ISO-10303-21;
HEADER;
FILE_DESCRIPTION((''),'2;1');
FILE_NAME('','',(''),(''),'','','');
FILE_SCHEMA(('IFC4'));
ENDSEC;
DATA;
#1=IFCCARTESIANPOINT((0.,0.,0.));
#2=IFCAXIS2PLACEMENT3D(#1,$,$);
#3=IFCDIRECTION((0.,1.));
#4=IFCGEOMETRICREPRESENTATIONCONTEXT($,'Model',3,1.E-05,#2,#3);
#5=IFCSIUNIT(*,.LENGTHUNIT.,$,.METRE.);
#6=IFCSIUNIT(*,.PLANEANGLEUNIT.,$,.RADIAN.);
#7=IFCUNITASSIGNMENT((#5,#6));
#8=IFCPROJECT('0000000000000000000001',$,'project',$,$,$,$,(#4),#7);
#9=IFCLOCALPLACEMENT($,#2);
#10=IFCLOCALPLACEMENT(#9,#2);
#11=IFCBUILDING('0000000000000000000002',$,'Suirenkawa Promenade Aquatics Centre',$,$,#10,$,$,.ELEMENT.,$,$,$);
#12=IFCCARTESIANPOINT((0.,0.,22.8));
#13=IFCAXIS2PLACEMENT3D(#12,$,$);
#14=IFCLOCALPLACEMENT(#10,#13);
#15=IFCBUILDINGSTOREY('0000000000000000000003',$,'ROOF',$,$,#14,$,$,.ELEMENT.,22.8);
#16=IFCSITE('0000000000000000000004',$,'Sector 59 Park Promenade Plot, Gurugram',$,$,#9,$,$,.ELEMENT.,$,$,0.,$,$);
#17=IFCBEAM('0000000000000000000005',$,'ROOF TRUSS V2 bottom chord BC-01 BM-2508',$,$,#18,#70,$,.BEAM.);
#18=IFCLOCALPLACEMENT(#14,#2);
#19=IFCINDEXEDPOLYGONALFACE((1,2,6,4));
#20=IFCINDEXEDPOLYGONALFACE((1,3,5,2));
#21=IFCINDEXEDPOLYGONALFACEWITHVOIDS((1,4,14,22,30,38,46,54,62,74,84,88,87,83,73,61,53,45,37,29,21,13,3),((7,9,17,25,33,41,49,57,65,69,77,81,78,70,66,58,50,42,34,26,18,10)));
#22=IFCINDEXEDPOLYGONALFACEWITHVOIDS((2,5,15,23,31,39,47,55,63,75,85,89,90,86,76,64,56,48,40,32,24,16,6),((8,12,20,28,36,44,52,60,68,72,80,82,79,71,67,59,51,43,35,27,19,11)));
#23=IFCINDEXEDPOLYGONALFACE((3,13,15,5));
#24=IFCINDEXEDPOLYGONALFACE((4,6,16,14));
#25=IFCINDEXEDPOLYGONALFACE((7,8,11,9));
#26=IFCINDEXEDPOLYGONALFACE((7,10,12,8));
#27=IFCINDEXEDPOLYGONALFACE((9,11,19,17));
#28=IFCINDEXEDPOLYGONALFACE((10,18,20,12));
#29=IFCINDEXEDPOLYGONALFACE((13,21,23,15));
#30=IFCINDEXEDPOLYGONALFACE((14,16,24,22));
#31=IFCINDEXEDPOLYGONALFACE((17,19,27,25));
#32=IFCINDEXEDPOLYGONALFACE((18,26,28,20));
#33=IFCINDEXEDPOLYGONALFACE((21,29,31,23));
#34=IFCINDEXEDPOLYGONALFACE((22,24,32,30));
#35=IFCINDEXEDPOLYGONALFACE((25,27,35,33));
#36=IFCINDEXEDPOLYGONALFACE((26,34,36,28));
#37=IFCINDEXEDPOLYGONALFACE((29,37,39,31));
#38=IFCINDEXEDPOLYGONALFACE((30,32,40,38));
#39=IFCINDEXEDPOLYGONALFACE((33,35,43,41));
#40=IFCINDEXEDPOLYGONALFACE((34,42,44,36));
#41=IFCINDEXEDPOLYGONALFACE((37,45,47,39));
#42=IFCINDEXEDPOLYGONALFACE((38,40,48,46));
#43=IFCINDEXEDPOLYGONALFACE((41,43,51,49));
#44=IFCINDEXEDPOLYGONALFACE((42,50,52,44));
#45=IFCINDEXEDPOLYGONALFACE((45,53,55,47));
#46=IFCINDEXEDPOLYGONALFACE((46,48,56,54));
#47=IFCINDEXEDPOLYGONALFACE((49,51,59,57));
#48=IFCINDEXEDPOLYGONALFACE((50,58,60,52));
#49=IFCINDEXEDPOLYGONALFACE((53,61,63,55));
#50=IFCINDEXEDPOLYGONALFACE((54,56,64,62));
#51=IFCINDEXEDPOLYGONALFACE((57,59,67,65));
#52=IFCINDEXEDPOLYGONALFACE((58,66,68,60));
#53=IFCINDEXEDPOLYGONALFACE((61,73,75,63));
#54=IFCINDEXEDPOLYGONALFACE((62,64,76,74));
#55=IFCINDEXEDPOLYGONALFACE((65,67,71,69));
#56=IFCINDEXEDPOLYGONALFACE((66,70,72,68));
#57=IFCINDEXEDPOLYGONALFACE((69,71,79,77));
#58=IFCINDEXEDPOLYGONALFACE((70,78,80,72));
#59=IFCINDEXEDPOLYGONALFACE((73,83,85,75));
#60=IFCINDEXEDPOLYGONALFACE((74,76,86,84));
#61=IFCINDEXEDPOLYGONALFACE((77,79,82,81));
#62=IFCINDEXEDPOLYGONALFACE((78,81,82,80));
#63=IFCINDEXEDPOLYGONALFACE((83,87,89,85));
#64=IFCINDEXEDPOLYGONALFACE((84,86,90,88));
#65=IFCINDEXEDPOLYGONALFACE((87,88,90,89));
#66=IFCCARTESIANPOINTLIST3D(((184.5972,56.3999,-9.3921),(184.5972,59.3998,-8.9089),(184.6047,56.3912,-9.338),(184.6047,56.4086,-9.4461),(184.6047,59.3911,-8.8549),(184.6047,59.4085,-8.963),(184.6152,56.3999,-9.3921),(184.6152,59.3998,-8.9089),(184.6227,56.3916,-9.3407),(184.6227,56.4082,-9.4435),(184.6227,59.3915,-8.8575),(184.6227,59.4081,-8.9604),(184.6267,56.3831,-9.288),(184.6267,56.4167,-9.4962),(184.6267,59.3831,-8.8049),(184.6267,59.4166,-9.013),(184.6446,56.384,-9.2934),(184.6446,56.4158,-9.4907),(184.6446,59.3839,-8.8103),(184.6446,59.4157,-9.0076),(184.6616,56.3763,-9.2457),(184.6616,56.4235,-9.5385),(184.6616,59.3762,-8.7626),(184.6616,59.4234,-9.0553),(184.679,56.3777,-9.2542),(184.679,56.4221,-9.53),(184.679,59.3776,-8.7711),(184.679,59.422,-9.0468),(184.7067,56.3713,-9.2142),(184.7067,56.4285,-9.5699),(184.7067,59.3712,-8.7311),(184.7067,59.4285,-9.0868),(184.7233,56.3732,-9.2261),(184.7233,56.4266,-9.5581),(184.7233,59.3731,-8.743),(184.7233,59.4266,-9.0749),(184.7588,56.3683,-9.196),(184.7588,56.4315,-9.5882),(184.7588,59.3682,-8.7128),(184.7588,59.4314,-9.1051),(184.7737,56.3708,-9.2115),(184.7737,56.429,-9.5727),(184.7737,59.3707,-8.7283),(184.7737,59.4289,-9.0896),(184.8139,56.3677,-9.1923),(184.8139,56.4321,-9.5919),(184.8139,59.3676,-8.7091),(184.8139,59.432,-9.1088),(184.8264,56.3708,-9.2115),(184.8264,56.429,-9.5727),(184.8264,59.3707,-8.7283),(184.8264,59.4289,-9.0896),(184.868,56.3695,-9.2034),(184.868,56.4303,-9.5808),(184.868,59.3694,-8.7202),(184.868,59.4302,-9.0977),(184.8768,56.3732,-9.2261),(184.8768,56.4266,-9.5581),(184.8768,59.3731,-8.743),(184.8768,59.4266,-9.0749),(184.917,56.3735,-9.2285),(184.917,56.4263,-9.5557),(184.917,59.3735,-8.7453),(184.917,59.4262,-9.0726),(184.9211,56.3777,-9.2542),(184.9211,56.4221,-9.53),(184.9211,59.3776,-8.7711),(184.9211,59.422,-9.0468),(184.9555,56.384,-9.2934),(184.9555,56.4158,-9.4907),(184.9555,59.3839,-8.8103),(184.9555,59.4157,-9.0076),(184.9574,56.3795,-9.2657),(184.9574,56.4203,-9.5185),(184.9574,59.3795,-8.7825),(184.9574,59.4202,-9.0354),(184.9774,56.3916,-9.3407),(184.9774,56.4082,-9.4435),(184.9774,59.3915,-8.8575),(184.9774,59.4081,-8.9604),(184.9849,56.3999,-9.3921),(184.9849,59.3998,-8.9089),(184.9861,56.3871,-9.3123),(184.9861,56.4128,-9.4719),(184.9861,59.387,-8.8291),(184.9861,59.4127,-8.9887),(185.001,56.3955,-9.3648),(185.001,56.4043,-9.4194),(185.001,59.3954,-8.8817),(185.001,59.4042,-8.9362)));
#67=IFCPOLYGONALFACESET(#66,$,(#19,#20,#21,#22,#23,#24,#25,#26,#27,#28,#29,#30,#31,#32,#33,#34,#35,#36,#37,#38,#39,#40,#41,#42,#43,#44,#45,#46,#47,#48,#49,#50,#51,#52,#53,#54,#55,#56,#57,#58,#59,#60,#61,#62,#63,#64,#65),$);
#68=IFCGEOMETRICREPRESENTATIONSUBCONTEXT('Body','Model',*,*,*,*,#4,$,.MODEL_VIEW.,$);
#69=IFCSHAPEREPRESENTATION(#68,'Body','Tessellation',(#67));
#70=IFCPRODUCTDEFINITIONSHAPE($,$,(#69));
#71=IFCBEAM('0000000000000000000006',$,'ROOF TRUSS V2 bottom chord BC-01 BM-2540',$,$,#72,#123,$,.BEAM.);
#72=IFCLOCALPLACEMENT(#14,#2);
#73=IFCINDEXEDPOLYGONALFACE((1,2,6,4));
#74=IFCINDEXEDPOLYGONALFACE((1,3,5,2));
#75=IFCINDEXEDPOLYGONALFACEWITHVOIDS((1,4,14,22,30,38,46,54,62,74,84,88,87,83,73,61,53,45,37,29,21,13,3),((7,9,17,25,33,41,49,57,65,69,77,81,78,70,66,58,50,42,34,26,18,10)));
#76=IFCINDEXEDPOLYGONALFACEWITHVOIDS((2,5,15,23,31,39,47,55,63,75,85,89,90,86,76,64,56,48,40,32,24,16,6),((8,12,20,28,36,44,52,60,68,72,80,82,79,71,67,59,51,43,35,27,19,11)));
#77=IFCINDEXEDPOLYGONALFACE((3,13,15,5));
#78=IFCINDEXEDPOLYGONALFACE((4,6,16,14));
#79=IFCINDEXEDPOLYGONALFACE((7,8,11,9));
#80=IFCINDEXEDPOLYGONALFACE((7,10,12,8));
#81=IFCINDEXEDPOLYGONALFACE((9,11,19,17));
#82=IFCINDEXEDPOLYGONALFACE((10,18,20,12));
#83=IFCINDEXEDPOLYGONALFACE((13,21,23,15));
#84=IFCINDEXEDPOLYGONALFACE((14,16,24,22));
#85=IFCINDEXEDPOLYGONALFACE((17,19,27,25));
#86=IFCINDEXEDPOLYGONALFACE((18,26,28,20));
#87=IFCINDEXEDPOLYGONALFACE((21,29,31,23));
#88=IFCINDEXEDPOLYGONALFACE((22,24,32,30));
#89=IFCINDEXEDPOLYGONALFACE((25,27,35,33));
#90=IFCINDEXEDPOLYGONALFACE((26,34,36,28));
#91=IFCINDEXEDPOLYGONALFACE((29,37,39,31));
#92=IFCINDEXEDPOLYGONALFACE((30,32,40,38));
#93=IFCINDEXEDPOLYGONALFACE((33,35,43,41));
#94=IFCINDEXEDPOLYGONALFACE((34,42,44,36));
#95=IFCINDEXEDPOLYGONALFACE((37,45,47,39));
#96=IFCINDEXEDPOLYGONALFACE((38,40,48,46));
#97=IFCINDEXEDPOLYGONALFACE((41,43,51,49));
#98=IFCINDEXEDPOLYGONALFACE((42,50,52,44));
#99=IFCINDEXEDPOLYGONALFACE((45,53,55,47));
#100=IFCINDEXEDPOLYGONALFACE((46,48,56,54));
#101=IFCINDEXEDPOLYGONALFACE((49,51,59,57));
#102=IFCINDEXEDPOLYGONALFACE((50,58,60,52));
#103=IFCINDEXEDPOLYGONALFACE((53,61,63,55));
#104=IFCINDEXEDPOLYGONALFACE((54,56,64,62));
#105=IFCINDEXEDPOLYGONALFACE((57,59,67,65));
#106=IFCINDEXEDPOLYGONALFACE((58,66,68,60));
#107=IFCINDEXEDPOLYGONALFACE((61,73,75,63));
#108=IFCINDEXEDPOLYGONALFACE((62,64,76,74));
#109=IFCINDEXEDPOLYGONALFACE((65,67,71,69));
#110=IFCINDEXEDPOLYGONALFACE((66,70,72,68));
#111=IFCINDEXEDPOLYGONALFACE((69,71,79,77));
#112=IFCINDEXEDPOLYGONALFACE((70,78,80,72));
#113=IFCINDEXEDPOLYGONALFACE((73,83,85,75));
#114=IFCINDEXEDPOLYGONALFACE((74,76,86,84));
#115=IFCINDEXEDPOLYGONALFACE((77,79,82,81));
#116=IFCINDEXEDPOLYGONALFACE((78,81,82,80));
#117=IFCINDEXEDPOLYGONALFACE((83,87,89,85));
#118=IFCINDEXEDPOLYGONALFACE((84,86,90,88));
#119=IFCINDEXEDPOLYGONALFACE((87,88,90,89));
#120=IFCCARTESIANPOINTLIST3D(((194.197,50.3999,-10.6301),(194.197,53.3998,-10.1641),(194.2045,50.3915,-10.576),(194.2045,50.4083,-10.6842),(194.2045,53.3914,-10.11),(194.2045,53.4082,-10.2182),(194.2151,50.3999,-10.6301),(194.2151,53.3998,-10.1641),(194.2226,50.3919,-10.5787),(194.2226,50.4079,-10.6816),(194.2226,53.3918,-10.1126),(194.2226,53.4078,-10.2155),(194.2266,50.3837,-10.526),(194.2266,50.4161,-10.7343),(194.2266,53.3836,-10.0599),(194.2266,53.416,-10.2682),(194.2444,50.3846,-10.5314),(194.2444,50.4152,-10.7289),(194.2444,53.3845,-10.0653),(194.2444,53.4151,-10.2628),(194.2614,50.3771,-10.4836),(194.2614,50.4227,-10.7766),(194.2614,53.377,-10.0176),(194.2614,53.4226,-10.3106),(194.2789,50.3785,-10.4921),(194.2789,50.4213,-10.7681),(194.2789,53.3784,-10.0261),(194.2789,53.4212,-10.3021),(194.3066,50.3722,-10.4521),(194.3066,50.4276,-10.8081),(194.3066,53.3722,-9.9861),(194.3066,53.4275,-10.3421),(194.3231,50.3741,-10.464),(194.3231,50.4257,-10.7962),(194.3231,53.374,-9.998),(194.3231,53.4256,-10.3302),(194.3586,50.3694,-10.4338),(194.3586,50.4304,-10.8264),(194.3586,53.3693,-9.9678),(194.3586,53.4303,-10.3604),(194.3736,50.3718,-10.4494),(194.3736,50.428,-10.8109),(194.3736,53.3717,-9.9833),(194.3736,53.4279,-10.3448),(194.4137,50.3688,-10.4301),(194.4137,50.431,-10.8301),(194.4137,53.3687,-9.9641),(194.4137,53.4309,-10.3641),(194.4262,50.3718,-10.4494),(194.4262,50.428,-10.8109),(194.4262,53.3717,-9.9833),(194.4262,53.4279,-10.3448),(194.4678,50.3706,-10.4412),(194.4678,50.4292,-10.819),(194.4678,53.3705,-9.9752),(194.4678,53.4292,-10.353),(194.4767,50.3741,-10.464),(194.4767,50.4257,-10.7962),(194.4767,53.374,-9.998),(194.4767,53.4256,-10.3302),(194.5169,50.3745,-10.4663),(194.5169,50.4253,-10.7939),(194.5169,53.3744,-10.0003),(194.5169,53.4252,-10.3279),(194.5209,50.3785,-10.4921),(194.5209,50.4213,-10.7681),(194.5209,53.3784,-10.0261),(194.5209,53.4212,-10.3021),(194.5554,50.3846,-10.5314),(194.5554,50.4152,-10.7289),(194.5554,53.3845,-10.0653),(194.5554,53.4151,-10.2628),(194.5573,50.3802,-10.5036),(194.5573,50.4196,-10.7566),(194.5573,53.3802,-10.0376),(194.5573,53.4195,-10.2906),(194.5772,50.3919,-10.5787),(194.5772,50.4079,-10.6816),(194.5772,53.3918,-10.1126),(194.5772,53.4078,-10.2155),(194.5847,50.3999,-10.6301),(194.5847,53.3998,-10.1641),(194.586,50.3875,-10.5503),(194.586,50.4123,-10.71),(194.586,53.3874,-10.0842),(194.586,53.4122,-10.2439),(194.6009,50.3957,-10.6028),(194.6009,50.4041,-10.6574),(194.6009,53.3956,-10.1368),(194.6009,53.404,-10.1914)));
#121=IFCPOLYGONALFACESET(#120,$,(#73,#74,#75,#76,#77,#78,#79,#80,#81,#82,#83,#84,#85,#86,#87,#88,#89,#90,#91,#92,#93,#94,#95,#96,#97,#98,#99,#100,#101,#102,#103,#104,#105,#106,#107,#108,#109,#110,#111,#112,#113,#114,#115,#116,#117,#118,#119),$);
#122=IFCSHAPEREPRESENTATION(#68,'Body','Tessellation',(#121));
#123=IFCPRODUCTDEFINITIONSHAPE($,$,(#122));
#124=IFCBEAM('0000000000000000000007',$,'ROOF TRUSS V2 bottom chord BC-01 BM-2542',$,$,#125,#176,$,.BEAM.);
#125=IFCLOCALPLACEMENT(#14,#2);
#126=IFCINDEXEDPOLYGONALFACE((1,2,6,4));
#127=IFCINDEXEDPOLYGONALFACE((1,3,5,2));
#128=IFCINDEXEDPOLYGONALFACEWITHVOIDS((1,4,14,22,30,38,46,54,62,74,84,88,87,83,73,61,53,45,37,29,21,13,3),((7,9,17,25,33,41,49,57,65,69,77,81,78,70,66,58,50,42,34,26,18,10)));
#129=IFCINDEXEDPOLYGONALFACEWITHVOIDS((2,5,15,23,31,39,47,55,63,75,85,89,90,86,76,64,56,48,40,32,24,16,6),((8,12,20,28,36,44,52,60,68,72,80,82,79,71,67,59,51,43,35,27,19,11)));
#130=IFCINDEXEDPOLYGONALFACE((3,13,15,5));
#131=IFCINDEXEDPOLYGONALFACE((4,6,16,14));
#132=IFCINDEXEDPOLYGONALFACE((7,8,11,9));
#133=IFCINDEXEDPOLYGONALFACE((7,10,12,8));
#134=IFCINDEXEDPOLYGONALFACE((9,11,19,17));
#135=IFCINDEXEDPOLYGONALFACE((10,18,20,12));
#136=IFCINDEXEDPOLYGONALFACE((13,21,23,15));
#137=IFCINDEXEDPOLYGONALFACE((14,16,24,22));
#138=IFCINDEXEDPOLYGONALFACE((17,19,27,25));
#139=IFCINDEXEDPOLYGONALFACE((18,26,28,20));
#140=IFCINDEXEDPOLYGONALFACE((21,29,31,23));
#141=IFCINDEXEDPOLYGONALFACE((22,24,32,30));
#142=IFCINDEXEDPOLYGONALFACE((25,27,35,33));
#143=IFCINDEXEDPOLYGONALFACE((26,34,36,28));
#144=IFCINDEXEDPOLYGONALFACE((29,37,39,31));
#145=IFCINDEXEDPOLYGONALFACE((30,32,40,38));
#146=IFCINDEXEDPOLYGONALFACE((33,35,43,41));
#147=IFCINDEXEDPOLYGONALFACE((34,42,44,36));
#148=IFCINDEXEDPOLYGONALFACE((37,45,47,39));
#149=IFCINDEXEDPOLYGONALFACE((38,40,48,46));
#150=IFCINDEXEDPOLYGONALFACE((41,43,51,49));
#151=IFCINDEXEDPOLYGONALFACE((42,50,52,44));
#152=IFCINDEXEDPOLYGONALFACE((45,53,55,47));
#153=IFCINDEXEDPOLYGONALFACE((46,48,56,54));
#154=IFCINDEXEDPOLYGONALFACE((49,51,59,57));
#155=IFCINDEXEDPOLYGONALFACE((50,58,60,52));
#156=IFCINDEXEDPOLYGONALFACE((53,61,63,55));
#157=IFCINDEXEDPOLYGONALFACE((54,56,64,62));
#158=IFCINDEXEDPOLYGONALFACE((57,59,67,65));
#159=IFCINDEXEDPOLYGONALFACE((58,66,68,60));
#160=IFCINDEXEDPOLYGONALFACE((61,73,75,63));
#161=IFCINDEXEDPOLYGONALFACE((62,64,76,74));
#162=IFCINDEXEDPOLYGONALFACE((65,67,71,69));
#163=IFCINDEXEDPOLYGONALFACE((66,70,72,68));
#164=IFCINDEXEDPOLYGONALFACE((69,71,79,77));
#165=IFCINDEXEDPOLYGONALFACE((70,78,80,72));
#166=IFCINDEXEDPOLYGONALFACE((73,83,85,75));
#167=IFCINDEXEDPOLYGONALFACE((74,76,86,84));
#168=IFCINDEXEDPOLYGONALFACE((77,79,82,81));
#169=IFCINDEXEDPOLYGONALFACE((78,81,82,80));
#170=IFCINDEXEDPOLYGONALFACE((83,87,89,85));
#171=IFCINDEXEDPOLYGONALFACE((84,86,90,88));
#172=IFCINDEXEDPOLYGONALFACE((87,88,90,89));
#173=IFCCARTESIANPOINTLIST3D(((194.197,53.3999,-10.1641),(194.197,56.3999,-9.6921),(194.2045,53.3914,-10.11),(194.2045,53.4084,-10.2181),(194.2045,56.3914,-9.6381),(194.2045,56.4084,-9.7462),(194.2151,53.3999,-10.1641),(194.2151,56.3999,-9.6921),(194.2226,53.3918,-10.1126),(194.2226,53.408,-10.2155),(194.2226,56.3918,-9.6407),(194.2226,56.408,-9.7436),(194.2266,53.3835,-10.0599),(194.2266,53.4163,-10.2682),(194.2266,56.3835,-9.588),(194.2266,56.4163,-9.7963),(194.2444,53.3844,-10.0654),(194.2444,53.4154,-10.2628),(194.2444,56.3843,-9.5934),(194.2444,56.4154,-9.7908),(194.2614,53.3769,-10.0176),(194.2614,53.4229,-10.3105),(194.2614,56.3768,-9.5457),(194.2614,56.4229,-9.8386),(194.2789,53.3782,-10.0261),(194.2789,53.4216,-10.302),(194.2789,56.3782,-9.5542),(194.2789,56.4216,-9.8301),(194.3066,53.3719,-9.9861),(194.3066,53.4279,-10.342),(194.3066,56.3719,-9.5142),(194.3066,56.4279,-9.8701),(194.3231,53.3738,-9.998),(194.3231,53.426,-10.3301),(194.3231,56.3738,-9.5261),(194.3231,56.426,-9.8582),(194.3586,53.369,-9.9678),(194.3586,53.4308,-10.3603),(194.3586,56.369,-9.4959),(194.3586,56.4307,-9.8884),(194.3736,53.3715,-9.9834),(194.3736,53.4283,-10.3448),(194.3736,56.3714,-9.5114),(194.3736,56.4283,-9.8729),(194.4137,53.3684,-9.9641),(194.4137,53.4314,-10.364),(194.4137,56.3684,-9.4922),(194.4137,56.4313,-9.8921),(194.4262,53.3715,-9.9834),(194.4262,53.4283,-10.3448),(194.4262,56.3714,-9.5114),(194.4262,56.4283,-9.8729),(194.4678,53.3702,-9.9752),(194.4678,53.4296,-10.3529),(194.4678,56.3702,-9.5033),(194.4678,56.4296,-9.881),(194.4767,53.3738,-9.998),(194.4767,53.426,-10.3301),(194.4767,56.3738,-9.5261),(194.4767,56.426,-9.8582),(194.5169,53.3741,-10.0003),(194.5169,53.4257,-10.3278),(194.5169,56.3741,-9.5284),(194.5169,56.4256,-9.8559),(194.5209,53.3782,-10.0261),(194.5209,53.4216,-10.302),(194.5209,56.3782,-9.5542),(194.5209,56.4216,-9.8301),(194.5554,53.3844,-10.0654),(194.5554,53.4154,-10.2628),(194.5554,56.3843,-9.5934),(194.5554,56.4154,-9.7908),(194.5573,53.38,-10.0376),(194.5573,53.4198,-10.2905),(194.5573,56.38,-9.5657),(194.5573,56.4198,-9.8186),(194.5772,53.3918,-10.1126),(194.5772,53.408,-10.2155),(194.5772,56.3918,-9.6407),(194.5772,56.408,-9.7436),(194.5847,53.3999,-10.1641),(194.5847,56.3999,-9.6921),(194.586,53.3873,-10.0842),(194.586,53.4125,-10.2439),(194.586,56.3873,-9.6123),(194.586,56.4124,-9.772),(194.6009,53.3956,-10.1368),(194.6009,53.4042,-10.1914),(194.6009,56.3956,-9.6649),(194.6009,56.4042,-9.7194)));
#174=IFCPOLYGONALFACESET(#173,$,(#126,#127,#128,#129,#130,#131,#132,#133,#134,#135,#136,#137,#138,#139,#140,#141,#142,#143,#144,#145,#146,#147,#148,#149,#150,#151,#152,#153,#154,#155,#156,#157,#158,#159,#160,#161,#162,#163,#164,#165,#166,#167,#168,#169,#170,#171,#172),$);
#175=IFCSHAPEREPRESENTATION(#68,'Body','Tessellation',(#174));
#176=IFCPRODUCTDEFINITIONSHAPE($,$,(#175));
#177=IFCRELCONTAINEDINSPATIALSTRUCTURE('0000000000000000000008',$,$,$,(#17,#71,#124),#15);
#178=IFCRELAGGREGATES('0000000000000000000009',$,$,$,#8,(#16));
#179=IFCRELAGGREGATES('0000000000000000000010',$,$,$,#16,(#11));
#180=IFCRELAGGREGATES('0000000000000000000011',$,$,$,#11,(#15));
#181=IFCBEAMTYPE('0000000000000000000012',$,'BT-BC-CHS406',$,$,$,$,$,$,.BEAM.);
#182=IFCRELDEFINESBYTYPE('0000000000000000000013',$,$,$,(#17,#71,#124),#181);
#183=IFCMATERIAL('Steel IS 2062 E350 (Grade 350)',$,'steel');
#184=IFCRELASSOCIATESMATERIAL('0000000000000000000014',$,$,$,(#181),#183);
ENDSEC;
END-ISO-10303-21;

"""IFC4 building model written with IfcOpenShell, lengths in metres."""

from ifc_helpers import new_model, si_unit, direction, frame, origin, origin_2d, place, context, subcontext, project, spatial, hollow_circle, extrude, material, material_profile, profile_set, type_object, element, save


model = new_model("IFC4")

# Units and contexts
model_context = context("Model", 3, precision=1e-05, world=origin(), true_north=direction((0.0, 1.0)))
body_context = subcontext(model_context, "Body", "Model", "MODEL_VIEW")
ifc_project = project(units=[si_unit("LENGTHUNIT", "METRE"), si_unit("PLANEANGLEUNIT", "RADIAN")], contexts=[model_context])

# Site, building, storey
site_placement = place(None, origin())
site = spatial("IfcSite", under=ifc_project, at=site_placement, Name="Sector 59 Park Promenade Plot, Gurugram", CompositionType="ELEMENT", RefElevation=0.0)
building_placement = place(site_placement, origin())
building = spatial("IfcBuilding", under=site, at=building_placement, Name="Suirenkawa Promenade Aquatics Centre", CompositionType="ELEMENT")
storey_placement = place(building_placement, frame((0.0, 0.0, 22.8)))
storey = spatial("IfcBuildingStorey", under=building, at=storey_placement, Name="ROOF", CompositionType="ELEMENT", Elevation=22.8)

# Beams
ifc_material = material(Name="Steel IS 2062 E350 (Grade 350)", Category="steel")
ifc_material_profile_1 = material_profile(ifc_material, hollow_circle(Radius=0.2029, WallThickness=0.0181, at=origin_2d()), Name="CHS 406x18", Category="steel")
ifc_profile_set_1 = profile_set([ifc_material_profile_1], Name="Steel IS 2062 E350 (Grade 350)")
beam_type_1 = type_object("IfcBeamType", Name="BT-BC-CHS406", PredefinedType="BEAM", material=ifc_profile_set_1)
beam_1_placement = place(storey_placement, frame((184.8, 56.3999, -9.3921), z_axis=(0.0, 0.987278, 0.159003), x_axis=(-1.0, 0.0, 0.0)))
element("IfcBeam", 1, at=beam_1_placement, inside=storey, type_object=beam_type_1, Name="ROOF TRUSS V2 bottom chord BC-01 BM-2508", PredefinedType="BEAM", context=body_context, shape_type="SweptSolid", body=[
    extrude(hollow_circle(Radius=0.2029, WallThickness=0.0181, at=origin_2d()), origin(), (0.0, 0.0, 1.0), 3.0386),
])
beam_2_placement = place(storey_placement, frame((194.3999, 50.3999, -10.6301), z_axis=(0.0, 0.988147, 0.153513), x_axis=(-1.0, 0.0, 0.0)))
element("IfcBeam", 2, at=beam_2_placement, inside=storey, type_object=beam_type_1, Name="ROOF TRUSS V2 bottom chord BC-01 BM-2540", PredefinedType="BEAM", context=body_context, shape_type="SweptSolid", body=[
    extrude(hollow_circle(Radius=0.2029, WallThickness=0.0181, at=origin_2d()), origin(), (0.0, 0.0, 1.0), 3.0359),
])
beam_3_placement = place(storey_placement, frame((194.3999, 53.3999, -10.1641), z_axis=(0.0, 0.987852, 0.155397), x_axis=(-1.0, 0.0, 0.0)))
element("IfcBeam", 3, at=beam_3_placement, inside=storey, type_object=beam_type_1, Name="ROOF TRUSS V2 bottom chord BC-01 BM-2542", PredefinedType="BEAM", context=body_context, shape_type="SweptSolid", body=[
    extrude(hollow_circle(Radius=0.2029, WallThickness=0.0181, at=origin_2d()), origin(), (0.0, 0.0, 1.0), 3.0369),
])

save(model, "model.ifc")
